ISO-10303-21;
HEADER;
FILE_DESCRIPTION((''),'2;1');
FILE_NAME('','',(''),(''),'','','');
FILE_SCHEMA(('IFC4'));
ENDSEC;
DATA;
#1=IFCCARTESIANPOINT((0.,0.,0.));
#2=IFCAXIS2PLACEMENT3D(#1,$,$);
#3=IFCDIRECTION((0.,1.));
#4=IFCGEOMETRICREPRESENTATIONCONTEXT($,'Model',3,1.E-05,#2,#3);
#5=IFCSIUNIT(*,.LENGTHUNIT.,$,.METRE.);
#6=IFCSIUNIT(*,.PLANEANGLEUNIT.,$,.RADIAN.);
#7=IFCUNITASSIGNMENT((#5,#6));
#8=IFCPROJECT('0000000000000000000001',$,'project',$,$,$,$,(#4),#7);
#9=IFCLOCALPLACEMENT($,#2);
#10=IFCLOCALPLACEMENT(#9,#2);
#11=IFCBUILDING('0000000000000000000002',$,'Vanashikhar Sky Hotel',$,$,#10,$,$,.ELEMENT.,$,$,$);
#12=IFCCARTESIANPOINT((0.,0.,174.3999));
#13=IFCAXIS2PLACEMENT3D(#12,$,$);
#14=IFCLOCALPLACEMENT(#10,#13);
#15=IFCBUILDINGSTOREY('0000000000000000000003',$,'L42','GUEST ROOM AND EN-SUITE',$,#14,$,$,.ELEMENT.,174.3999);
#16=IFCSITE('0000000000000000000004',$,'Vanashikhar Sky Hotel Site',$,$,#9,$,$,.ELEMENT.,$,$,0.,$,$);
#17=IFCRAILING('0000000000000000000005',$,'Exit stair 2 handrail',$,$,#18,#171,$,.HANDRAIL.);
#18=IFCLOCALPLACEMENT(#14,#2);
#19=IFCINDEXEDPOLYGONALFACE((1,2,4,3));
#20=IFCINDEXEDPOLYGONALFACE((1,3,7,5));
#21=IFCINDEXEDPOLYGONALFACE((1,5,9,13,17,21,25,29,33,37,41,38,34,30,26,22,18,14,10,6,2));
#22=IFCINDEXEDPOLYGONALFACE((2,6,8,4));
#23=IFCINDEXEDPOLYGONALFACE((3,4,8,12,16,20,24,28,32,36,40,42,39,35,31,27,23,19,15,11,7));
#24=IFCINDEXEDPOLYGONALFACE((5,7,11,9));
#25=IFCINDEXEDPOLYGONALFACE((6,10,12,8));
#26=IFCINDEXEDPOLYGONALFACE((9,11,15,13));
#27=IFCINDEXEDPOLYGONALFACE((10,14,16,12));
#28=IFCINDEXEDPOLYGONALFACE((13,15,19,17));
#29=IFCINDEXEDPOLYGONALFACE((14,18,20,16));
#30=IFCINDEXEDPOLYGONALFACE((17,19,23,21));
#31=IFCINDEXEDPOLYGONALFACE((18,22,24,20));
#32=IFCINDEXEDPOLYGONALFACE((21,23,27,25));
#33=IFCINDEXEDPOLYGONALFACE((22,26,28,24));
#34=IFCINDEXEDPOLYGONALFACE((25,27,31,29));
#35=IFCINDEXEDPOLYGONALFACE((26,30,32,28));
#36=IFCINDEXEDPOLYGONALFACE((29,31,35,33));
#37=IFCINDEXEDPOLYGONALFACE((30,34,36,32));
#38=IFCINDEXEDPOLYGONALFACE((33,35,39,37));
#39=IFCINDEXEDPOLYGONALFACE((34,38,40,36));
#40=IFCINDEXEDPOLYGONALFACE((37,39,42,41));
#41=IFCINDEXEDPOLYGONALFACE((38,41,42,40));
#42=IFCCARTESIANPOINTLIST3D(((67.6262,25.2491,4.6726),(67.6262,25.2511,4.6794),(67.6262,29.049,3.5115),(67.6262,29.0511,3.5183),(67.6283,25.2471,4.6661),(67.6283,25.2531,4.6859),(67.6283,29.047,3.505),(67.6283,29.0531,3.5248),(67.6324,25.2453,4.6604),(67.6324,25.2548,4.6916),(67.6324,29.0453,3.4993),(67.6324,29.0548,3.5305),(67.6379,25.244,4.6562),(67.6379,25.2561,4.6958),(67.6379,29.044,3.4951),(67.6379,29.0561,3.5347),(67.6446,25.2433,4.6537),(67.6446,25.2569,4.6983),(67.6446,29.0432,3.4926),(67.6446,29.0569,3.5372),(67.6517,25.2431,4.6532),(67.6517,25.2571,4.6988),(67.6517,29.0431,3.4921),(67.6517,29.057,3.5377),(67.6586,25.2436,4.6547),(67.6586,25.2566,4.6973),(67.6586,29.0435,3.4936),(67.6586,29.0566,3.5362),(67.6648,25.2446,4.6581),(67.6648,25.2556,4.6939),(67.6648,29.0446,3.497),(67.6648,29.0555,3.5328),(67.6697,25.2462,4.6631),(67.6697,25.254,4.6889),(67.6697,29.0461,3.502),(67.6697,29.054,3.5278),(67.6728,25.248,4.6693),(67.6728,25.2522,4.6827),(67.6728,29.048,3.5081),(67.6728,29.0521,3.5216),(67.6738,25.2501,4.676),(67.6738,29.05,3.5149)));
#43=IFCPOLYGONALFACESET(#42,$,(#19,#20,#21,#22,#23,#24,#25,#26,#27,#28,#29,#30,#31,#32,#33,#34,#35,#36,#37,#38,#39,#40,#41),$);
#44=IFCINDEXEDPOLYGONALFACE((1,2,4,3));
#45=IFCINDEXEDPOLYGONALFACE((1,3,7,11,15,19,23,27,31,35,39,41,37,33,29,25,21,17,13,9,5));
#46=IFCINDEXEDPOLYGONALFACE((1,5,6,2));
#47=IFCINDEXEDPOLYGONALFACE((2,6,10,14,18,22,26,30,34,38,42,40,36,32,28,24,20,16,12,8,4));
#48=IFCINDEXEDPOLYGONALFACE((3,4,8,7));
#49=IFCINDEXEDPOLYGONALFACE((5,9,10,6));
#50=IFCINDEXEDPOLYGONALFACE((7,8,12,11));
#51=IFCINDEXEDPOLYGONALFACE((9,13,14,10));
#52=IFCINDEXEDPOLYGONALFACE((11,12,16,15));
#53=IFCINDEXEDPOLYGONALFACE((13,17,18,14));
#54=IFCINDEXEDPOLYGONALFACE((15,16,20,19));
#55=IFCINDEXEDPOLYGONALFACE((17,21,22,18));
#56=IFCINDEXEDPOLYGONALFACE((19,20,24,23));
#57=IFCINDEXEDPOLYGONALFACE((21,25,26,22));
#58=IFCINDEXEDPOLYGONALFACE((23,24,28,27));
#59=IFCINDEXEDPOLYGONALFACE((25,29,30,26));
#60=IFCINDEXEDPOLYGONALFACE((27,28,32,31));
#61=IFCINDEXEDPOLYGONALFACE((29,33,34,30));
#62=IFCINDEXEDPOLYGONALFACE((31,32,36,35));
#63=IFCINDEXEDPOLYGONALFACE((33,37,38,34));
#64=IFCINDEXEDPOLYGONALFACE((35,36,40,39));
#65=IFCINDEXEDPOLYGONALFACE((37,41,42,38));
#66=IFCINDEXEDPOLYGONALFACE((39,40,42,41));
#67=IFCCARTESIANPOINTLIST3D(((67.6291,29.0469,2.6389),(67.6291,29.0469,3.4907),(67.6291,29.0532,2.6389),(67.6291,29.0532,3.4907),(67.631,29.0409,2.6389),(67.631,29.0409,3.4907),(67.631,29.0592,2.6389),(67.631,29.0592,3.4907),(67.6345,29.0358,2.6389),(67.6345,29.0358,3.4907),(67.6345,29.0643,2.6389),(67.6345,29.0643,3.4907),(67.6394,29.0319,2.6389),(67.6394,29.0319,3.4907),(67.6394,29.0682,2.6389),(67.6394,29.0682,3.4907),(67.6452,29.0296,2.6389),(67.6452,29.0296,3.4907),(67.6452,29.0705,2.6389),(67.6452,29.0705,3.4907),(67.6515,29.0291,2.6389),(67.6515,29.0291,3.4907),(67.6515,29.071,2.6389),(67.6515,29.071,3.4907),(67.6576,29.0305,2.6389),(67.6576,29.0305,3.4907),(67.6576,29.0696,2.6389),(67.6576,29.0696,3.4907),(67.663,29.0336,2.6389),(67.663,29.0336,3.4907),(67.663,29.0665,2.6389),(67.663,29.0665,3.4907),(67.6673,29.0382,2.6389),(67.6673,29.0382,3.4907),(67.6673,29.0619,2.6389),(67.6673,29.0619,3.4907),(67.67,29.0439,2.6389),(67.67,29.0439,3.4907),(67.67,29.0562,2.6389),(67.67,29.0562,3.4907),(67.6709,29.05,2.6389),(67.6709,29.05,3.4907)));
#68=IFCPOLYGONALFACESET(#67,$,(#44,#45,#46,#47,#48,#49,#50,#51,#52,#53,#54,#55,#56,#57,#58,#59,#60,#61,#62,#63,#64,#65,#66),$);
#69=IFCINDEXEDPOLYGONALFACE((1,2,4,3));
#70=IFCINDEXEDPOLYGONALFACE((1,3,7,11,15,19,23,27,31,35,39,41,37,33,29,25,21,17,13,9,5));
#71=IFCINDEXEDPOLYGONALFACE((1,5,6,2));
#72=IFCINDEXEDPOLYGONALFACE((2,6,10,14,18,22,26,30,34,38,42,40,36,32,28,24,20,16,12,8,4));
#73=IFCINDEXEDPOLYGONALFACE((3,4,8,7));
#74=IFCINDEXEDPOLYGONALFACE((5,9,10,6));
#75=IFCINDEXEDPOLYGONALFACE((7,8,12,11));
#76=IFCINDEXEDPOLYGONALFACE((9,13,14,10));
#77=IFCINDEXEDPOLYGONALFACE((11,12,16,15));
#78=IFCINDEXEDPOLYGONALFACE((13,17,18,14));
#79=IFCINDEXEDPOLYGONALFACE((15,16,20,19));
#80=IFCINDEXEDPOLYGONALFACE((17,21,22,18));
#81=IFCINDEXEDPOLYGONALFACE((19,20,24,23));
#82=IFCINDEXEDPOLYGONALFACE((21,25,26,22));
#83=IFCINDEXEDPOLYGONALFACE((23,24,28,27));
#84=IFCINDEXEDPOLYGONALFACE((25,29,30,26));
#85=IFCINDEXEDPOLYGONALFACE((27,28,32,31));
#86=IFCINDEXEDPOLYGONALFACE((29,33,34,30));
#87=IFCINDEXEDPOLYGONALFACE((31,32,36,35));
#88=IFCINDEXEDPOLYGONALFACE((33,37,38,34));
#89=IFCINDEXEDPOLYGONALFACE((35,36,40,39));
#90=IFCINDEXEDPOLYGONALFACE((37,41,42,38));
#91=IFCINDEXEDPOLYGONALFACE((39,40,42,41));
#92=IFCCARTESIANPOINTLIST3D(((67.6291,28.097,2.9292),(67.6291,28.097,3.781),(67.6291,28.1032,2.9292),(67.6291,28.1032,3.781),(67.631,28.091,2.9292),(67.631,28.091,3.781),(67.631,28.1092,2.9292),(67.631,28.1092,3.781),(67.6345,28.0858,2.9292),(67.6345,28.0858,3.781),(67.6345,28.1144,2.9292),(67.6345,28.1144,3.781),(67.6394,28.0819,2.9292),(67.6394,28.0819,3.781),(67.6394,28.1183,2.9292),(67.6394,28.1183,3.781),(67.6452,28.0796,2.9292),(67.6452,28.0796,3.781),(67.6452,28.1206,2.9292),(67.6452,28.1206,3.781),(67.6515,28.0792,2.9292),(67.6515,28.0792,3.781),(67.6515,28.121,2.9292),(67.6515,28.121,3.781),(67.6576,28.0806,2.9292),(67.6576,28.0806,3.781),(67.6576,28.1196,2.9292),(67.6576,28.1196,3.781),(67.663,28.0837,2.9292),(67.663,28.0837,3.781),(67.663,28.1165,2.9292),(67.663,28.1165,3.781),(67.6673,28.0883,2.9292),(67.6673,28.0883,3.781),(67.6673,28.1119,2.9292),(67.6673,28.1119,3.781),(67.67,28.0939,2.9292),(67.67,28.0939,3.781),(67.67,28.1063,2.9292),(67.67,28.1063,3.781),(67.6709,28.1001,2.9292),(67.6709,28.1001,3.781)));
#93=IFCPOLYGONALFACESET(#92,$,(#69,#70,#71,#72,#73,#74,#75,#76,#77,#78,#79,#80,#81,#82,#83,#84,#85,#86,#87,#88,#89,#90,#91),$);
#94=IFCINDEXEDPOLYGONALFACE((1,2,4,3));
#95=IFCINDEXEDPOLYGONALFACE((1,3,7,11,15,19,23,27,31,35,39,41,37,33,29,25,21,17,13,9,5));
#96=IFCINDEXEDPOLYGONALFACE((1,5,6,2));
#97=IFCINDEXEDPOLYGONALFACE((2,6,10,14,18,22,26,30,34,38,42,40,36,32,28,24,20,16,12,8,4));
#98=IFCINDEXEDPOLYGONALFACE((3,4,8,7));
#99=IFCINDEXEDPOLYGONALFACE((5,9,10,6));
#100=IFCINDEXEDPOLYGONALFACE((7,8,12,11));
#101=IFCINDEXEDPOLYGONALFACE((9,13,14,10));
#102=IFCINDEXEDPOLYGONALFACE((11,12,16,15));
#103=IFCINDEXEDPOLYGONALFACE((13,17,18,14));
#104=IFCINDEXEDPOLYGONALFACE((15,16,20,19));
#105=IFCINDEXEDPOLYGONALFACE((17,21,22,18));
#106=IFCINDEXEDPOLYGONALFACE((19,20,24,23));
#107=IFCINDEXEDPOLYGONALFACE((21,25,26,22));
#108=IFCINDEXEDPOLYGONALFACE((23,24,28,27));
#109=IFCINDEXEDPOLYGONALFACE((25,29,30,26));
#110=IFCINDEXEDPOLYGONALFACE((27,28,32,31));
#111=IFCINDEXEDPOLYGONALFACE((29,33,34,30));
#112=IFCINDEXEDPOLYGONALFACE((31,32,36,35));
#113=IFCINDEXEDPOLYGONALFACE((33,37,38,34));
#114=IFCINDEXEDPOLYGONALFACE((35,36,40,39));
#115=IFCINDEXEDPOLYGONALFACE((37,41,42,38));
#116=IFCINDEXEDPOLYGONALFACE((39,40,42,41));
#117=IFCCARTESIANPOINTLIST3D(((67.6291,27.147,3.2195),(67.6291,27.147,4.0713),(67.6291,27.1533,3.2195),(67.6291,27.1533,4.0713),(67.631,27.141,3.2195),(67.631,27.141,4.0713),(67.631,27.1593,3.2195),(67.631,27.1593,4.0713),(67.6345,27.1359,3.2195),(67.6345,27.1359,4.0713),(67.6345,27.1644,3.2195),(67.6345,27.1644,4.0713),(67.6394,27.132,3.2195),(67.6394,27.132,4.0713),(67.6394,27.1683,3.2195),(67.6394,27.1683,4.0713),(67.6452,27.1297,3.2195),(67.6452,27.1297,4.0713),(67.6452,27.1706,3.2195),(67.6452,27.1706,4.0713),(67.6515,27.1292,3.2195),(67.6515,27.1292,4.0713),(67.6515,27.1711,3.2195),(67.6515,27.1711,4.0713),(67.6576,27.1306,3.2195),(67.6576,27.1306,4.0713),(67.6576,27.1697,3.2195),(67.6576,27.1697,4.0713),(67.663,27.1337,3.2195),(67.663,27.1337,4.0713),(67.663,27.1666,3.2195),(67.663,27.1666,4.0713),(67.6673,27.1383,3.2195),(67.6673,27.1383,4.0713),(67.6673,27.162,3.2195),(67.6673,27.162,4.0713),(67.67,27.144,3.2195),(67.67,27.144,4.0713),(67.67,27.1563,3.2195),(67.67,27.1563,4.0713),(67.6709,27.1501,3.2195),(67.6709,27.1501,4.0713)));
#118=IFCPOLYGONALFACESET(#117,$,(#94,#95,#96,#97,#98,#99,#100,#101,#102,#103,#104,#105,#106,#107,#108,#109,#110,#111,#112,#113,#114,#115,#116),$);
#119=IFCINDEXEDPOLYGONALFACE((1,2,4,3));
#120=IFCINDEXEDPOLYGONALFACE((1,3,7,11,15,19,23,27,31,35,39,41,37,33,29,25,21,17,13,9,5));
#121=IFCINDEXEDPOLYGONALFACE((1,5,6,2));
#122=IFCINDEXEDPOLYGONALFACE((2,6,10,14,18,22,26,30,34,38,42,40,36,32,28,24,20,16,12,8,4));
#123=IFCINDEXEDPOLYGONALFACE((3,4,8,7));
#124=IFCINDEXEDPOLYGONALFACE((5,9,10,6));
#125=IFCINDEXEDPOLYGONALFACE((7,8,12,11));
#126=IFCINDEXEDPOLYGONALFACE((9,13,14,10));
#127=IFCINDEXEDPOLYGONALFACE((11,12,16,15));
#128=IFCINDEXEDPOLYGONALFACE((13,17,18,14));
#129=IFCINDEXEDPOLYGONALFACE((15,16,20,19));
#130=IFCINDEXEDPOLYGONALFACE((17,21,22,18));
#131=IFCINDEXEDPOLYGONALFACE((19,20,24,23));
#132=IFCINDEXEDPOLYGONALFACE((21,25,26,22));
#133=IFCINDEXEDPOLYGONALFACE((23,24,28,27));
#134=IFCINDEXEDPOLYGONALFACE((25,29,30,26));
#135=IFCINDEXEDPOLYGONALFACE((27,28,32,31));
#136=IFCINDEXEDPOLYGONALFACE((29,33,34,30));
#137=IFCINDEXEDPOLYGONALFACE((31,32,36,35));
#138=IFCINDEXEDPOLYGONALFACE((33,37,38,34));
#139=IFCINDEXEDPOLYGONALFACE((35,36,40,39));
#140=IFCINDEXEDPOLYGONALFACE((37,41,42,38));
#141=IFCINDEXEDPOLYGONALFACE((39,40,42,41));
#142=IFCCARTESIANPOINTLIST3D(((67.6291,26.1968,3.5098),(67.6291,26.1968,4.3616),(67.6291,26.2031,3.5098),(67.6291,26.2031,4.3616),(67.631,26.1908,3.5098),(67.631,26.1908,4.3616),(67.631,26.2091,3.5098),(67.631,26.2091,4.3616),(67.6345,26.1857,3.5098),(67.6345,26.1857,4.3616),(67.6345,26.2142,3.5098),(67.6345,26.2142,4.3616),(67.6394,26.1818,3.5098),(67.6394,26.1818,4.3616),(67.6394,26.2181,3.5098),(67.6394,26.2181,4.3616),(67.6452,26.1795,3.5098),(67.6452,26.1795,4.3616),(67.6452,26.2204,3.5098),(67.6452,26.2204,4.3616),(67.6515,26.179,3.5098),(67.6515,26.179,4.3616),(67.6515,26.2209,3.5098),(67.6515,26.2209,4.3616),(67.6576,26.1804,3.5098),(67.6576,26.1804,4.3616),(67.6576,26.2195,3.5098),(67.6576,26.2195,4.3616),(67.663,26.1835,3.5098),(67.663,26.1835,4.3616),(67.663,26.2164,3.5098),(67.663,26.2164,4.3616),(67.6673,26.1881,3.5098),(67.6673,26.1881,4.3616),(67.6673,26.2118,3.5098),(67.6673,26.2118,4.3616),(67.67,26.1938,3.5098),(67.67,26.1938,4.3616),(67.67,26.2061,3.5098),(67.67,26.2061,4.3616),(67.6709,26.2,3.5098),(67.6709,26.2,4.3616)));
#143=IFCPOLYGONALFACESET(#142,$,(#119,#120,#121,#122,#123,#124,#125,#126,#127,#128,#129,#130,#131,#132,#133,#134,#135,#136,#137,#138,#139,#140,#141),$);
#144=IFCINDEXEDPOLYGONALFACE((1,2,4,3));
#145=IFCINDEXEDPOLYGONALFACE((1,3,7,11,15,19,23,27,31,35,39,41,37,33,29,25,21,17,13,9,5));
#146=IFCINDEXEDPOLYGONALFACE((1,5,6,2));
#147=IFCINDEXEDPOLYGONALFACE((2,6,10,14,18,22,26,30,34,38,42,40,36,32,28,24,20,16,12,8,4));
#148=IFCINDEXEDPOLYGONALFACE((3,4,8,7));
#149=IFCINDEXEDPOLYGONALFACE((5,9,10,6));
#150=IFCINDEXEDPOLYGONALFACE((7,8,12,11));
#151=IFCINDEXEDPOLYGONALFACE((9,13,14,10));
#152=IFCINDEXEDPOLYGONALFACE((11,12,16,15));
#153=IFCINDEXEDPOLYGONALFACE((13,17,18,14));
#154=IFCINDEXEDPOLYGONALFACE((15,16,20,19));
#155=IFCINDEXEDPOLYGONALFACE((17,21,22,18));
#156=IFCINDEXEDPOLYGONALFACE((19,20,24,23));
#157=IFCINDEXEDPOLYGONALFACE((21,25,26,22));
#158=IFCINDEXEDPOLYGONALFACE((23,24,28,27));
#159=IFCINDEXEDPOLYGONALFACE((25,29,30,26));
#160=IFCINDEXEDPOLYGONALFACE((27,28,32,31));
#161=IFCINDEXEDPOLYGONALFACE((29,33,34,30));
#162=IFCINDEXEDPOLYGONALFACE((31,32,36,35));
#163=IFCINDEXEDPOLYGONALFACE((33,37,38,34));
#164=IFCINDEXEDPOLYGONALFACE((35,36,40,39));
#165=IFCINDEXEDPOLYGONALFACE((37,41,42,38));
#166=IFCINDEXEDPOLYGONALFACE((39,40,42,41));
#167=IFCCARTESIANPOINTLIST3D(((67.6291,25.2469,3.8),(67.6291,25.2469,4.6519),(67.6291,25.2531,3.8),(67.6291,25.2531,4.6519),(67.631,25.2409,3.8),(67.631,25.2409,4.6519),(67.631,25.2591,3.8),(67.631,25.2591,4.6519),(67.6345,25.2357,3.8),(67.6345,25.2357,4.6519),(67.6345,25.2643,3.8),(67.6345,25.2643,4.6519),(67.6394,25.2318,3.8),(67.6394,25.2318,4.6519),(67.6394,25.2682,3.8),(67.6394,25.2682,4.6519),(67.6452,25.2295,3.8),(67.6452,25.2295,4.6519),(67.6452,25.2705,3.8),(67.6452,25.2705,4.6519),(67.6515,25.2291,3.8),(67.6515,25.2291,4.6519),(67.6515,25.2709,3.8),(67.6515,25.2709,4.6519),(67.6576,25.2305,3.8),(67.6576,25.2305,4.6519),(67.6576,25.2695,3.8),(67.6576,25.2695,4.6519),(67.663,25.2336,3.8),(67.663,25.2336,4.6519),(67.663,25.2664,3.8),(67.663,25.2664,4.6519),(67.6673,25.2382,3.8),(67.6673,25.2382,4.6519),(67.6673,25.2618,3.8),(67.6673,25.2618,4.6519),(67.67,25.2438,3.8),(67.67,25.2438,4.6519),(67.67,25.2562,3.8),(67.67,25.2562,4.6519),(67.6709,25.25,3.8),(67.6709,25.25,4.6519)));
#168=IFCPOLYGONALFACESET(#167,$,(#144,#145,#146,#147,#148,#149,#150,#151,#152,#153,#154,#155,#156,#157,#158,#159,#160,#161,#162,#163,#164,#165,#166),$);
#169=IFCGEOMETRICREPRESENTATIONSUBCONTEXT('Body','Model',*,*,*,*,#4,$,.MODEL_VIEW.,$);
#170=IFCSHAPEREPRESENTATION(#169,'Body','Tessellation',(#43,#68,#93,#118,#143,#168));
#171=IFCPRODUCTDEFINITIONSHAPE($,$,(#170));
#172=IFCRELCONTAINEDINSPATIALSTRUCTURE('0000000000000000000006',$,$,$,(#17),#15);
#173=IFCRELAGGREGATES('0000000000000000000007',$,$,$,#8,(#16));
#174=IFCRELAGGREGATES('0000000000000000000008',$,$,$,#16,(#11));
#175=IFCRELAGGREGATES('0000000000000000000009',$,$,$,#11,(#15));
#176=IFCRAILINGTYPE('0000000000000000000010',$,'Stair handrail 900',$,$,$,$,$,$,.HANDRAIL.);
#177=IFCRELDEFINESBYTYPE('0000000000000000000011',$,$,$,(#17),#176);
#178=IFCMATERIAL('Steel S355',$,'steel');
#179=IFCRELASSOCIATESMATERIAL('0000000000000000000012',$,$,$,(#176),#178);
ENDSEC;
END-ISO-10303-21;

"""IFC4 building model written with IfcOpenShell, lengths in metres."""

from ifc_helpers import new_model, si_unit, direction, frame, origin, origin_2d, place, context, subcontext, project, spatial, circle, extrude, source, transform, mapped, material, type_object, element, save


model = new_model("IFC4")

# Units and contexts
model_context = context("Model", 3, precision=1e-05, world=origin(), true_north=direction((0.0, 1.0)))
body_context = subcontext(model_context, "Body", "Model", "MODEL_VIEW")
ifc_project = project(units=[si_unit("LENGTHUNIT", "METRE"), si_unit("PLANEANGLEUNIT", "RADIAN")], contexts=[model_context])

# Site, building, storey
site_placement = place(None, origin())
site = spatial("IfcSite", under=ifc_project, at=site_placement, Name="Vanashikhar Sky Hotel Site", CompositionType="ELEMENT", RefElevation=0.0)
building_placement = place(site_placement, origin())
building = spatial("IfcBuilding", under=site, at=building_placement, Name="Vanashikhar Sky Hotel", CompositionType="ELEMENT")
storey_placement = place(building_placement, frame((0.0, 0.0, 174.3999)))
storey = spatial("IfcBuildingStorey", under=building, at=storey_placement, Name="L42", Description="GUEST ROOM AND EN-SUITE", CompositionType="ELEMENT", Elevation=174.3999)

# Railing
ifc_material_1 = material(Name="Steel S355", Category="steel")
railing_type = type_object("IfcRailingType", Name="Stair handrail 900", PredefinedType="HANDRAIL", material=ifc_material_1)
shared_shape_1 = source(origin(), body_context, "Body", "SweptSolid", [
    extrude(circle(Radius=0.0239, at=origin_2d()), frame((0.0, 0.0, 0.876), z_axis=(0.0, -0.956351, 0.29222), x_axis=(1.0, 0.0, 0.0)), (0.0, 0.0, 1.0), 3.9734),
    extrude(circle(Radius=0.021, at=origin_2d()), origin(), (0.0, 0.0, 1.0), 0.8518),
    extrude(circle(Radius=0.021, at=origin_2d()), frame((0.0, -0.95, 0.2903)), (0.0, 0.0, 1.0), 0.8518),
    extrude(circle(Radius=0.021, at=origin_2d()), frame((0.0, -1.8999, 0.5806)), (0.0, 0.0, 1.0), 0.8518),
    extrude(circle(Radius=0.021, at=origin_2d()), frame((0.0, -2.8501, 0.8708)), (0.0, 0.0, 1.0), 0.8518),
    extrude(circle(Radius=0.021, at=origin_2d()), frame((0.0, -3.8, 1.1611)), (0.0, 0.0, 1.0), 0.8518),
])
for number, where, name in (
    (1, (67.6499, 29.05, 2.6389), "Exit stair 2 handrail"),
):
    element("IfcRailing", number, at=place(storey_placement, frame(where)), inside=storey, type_object=railing_type, Name=name, PredefinedType="HANDRAIL", context=body_context, shape_type="MappedRepresentation", body=[
        mapped(shared_shape_1, transform((0.0, 0.0, 0.0), scale=1.0)),
    ])

save(model, "model.ifc")
